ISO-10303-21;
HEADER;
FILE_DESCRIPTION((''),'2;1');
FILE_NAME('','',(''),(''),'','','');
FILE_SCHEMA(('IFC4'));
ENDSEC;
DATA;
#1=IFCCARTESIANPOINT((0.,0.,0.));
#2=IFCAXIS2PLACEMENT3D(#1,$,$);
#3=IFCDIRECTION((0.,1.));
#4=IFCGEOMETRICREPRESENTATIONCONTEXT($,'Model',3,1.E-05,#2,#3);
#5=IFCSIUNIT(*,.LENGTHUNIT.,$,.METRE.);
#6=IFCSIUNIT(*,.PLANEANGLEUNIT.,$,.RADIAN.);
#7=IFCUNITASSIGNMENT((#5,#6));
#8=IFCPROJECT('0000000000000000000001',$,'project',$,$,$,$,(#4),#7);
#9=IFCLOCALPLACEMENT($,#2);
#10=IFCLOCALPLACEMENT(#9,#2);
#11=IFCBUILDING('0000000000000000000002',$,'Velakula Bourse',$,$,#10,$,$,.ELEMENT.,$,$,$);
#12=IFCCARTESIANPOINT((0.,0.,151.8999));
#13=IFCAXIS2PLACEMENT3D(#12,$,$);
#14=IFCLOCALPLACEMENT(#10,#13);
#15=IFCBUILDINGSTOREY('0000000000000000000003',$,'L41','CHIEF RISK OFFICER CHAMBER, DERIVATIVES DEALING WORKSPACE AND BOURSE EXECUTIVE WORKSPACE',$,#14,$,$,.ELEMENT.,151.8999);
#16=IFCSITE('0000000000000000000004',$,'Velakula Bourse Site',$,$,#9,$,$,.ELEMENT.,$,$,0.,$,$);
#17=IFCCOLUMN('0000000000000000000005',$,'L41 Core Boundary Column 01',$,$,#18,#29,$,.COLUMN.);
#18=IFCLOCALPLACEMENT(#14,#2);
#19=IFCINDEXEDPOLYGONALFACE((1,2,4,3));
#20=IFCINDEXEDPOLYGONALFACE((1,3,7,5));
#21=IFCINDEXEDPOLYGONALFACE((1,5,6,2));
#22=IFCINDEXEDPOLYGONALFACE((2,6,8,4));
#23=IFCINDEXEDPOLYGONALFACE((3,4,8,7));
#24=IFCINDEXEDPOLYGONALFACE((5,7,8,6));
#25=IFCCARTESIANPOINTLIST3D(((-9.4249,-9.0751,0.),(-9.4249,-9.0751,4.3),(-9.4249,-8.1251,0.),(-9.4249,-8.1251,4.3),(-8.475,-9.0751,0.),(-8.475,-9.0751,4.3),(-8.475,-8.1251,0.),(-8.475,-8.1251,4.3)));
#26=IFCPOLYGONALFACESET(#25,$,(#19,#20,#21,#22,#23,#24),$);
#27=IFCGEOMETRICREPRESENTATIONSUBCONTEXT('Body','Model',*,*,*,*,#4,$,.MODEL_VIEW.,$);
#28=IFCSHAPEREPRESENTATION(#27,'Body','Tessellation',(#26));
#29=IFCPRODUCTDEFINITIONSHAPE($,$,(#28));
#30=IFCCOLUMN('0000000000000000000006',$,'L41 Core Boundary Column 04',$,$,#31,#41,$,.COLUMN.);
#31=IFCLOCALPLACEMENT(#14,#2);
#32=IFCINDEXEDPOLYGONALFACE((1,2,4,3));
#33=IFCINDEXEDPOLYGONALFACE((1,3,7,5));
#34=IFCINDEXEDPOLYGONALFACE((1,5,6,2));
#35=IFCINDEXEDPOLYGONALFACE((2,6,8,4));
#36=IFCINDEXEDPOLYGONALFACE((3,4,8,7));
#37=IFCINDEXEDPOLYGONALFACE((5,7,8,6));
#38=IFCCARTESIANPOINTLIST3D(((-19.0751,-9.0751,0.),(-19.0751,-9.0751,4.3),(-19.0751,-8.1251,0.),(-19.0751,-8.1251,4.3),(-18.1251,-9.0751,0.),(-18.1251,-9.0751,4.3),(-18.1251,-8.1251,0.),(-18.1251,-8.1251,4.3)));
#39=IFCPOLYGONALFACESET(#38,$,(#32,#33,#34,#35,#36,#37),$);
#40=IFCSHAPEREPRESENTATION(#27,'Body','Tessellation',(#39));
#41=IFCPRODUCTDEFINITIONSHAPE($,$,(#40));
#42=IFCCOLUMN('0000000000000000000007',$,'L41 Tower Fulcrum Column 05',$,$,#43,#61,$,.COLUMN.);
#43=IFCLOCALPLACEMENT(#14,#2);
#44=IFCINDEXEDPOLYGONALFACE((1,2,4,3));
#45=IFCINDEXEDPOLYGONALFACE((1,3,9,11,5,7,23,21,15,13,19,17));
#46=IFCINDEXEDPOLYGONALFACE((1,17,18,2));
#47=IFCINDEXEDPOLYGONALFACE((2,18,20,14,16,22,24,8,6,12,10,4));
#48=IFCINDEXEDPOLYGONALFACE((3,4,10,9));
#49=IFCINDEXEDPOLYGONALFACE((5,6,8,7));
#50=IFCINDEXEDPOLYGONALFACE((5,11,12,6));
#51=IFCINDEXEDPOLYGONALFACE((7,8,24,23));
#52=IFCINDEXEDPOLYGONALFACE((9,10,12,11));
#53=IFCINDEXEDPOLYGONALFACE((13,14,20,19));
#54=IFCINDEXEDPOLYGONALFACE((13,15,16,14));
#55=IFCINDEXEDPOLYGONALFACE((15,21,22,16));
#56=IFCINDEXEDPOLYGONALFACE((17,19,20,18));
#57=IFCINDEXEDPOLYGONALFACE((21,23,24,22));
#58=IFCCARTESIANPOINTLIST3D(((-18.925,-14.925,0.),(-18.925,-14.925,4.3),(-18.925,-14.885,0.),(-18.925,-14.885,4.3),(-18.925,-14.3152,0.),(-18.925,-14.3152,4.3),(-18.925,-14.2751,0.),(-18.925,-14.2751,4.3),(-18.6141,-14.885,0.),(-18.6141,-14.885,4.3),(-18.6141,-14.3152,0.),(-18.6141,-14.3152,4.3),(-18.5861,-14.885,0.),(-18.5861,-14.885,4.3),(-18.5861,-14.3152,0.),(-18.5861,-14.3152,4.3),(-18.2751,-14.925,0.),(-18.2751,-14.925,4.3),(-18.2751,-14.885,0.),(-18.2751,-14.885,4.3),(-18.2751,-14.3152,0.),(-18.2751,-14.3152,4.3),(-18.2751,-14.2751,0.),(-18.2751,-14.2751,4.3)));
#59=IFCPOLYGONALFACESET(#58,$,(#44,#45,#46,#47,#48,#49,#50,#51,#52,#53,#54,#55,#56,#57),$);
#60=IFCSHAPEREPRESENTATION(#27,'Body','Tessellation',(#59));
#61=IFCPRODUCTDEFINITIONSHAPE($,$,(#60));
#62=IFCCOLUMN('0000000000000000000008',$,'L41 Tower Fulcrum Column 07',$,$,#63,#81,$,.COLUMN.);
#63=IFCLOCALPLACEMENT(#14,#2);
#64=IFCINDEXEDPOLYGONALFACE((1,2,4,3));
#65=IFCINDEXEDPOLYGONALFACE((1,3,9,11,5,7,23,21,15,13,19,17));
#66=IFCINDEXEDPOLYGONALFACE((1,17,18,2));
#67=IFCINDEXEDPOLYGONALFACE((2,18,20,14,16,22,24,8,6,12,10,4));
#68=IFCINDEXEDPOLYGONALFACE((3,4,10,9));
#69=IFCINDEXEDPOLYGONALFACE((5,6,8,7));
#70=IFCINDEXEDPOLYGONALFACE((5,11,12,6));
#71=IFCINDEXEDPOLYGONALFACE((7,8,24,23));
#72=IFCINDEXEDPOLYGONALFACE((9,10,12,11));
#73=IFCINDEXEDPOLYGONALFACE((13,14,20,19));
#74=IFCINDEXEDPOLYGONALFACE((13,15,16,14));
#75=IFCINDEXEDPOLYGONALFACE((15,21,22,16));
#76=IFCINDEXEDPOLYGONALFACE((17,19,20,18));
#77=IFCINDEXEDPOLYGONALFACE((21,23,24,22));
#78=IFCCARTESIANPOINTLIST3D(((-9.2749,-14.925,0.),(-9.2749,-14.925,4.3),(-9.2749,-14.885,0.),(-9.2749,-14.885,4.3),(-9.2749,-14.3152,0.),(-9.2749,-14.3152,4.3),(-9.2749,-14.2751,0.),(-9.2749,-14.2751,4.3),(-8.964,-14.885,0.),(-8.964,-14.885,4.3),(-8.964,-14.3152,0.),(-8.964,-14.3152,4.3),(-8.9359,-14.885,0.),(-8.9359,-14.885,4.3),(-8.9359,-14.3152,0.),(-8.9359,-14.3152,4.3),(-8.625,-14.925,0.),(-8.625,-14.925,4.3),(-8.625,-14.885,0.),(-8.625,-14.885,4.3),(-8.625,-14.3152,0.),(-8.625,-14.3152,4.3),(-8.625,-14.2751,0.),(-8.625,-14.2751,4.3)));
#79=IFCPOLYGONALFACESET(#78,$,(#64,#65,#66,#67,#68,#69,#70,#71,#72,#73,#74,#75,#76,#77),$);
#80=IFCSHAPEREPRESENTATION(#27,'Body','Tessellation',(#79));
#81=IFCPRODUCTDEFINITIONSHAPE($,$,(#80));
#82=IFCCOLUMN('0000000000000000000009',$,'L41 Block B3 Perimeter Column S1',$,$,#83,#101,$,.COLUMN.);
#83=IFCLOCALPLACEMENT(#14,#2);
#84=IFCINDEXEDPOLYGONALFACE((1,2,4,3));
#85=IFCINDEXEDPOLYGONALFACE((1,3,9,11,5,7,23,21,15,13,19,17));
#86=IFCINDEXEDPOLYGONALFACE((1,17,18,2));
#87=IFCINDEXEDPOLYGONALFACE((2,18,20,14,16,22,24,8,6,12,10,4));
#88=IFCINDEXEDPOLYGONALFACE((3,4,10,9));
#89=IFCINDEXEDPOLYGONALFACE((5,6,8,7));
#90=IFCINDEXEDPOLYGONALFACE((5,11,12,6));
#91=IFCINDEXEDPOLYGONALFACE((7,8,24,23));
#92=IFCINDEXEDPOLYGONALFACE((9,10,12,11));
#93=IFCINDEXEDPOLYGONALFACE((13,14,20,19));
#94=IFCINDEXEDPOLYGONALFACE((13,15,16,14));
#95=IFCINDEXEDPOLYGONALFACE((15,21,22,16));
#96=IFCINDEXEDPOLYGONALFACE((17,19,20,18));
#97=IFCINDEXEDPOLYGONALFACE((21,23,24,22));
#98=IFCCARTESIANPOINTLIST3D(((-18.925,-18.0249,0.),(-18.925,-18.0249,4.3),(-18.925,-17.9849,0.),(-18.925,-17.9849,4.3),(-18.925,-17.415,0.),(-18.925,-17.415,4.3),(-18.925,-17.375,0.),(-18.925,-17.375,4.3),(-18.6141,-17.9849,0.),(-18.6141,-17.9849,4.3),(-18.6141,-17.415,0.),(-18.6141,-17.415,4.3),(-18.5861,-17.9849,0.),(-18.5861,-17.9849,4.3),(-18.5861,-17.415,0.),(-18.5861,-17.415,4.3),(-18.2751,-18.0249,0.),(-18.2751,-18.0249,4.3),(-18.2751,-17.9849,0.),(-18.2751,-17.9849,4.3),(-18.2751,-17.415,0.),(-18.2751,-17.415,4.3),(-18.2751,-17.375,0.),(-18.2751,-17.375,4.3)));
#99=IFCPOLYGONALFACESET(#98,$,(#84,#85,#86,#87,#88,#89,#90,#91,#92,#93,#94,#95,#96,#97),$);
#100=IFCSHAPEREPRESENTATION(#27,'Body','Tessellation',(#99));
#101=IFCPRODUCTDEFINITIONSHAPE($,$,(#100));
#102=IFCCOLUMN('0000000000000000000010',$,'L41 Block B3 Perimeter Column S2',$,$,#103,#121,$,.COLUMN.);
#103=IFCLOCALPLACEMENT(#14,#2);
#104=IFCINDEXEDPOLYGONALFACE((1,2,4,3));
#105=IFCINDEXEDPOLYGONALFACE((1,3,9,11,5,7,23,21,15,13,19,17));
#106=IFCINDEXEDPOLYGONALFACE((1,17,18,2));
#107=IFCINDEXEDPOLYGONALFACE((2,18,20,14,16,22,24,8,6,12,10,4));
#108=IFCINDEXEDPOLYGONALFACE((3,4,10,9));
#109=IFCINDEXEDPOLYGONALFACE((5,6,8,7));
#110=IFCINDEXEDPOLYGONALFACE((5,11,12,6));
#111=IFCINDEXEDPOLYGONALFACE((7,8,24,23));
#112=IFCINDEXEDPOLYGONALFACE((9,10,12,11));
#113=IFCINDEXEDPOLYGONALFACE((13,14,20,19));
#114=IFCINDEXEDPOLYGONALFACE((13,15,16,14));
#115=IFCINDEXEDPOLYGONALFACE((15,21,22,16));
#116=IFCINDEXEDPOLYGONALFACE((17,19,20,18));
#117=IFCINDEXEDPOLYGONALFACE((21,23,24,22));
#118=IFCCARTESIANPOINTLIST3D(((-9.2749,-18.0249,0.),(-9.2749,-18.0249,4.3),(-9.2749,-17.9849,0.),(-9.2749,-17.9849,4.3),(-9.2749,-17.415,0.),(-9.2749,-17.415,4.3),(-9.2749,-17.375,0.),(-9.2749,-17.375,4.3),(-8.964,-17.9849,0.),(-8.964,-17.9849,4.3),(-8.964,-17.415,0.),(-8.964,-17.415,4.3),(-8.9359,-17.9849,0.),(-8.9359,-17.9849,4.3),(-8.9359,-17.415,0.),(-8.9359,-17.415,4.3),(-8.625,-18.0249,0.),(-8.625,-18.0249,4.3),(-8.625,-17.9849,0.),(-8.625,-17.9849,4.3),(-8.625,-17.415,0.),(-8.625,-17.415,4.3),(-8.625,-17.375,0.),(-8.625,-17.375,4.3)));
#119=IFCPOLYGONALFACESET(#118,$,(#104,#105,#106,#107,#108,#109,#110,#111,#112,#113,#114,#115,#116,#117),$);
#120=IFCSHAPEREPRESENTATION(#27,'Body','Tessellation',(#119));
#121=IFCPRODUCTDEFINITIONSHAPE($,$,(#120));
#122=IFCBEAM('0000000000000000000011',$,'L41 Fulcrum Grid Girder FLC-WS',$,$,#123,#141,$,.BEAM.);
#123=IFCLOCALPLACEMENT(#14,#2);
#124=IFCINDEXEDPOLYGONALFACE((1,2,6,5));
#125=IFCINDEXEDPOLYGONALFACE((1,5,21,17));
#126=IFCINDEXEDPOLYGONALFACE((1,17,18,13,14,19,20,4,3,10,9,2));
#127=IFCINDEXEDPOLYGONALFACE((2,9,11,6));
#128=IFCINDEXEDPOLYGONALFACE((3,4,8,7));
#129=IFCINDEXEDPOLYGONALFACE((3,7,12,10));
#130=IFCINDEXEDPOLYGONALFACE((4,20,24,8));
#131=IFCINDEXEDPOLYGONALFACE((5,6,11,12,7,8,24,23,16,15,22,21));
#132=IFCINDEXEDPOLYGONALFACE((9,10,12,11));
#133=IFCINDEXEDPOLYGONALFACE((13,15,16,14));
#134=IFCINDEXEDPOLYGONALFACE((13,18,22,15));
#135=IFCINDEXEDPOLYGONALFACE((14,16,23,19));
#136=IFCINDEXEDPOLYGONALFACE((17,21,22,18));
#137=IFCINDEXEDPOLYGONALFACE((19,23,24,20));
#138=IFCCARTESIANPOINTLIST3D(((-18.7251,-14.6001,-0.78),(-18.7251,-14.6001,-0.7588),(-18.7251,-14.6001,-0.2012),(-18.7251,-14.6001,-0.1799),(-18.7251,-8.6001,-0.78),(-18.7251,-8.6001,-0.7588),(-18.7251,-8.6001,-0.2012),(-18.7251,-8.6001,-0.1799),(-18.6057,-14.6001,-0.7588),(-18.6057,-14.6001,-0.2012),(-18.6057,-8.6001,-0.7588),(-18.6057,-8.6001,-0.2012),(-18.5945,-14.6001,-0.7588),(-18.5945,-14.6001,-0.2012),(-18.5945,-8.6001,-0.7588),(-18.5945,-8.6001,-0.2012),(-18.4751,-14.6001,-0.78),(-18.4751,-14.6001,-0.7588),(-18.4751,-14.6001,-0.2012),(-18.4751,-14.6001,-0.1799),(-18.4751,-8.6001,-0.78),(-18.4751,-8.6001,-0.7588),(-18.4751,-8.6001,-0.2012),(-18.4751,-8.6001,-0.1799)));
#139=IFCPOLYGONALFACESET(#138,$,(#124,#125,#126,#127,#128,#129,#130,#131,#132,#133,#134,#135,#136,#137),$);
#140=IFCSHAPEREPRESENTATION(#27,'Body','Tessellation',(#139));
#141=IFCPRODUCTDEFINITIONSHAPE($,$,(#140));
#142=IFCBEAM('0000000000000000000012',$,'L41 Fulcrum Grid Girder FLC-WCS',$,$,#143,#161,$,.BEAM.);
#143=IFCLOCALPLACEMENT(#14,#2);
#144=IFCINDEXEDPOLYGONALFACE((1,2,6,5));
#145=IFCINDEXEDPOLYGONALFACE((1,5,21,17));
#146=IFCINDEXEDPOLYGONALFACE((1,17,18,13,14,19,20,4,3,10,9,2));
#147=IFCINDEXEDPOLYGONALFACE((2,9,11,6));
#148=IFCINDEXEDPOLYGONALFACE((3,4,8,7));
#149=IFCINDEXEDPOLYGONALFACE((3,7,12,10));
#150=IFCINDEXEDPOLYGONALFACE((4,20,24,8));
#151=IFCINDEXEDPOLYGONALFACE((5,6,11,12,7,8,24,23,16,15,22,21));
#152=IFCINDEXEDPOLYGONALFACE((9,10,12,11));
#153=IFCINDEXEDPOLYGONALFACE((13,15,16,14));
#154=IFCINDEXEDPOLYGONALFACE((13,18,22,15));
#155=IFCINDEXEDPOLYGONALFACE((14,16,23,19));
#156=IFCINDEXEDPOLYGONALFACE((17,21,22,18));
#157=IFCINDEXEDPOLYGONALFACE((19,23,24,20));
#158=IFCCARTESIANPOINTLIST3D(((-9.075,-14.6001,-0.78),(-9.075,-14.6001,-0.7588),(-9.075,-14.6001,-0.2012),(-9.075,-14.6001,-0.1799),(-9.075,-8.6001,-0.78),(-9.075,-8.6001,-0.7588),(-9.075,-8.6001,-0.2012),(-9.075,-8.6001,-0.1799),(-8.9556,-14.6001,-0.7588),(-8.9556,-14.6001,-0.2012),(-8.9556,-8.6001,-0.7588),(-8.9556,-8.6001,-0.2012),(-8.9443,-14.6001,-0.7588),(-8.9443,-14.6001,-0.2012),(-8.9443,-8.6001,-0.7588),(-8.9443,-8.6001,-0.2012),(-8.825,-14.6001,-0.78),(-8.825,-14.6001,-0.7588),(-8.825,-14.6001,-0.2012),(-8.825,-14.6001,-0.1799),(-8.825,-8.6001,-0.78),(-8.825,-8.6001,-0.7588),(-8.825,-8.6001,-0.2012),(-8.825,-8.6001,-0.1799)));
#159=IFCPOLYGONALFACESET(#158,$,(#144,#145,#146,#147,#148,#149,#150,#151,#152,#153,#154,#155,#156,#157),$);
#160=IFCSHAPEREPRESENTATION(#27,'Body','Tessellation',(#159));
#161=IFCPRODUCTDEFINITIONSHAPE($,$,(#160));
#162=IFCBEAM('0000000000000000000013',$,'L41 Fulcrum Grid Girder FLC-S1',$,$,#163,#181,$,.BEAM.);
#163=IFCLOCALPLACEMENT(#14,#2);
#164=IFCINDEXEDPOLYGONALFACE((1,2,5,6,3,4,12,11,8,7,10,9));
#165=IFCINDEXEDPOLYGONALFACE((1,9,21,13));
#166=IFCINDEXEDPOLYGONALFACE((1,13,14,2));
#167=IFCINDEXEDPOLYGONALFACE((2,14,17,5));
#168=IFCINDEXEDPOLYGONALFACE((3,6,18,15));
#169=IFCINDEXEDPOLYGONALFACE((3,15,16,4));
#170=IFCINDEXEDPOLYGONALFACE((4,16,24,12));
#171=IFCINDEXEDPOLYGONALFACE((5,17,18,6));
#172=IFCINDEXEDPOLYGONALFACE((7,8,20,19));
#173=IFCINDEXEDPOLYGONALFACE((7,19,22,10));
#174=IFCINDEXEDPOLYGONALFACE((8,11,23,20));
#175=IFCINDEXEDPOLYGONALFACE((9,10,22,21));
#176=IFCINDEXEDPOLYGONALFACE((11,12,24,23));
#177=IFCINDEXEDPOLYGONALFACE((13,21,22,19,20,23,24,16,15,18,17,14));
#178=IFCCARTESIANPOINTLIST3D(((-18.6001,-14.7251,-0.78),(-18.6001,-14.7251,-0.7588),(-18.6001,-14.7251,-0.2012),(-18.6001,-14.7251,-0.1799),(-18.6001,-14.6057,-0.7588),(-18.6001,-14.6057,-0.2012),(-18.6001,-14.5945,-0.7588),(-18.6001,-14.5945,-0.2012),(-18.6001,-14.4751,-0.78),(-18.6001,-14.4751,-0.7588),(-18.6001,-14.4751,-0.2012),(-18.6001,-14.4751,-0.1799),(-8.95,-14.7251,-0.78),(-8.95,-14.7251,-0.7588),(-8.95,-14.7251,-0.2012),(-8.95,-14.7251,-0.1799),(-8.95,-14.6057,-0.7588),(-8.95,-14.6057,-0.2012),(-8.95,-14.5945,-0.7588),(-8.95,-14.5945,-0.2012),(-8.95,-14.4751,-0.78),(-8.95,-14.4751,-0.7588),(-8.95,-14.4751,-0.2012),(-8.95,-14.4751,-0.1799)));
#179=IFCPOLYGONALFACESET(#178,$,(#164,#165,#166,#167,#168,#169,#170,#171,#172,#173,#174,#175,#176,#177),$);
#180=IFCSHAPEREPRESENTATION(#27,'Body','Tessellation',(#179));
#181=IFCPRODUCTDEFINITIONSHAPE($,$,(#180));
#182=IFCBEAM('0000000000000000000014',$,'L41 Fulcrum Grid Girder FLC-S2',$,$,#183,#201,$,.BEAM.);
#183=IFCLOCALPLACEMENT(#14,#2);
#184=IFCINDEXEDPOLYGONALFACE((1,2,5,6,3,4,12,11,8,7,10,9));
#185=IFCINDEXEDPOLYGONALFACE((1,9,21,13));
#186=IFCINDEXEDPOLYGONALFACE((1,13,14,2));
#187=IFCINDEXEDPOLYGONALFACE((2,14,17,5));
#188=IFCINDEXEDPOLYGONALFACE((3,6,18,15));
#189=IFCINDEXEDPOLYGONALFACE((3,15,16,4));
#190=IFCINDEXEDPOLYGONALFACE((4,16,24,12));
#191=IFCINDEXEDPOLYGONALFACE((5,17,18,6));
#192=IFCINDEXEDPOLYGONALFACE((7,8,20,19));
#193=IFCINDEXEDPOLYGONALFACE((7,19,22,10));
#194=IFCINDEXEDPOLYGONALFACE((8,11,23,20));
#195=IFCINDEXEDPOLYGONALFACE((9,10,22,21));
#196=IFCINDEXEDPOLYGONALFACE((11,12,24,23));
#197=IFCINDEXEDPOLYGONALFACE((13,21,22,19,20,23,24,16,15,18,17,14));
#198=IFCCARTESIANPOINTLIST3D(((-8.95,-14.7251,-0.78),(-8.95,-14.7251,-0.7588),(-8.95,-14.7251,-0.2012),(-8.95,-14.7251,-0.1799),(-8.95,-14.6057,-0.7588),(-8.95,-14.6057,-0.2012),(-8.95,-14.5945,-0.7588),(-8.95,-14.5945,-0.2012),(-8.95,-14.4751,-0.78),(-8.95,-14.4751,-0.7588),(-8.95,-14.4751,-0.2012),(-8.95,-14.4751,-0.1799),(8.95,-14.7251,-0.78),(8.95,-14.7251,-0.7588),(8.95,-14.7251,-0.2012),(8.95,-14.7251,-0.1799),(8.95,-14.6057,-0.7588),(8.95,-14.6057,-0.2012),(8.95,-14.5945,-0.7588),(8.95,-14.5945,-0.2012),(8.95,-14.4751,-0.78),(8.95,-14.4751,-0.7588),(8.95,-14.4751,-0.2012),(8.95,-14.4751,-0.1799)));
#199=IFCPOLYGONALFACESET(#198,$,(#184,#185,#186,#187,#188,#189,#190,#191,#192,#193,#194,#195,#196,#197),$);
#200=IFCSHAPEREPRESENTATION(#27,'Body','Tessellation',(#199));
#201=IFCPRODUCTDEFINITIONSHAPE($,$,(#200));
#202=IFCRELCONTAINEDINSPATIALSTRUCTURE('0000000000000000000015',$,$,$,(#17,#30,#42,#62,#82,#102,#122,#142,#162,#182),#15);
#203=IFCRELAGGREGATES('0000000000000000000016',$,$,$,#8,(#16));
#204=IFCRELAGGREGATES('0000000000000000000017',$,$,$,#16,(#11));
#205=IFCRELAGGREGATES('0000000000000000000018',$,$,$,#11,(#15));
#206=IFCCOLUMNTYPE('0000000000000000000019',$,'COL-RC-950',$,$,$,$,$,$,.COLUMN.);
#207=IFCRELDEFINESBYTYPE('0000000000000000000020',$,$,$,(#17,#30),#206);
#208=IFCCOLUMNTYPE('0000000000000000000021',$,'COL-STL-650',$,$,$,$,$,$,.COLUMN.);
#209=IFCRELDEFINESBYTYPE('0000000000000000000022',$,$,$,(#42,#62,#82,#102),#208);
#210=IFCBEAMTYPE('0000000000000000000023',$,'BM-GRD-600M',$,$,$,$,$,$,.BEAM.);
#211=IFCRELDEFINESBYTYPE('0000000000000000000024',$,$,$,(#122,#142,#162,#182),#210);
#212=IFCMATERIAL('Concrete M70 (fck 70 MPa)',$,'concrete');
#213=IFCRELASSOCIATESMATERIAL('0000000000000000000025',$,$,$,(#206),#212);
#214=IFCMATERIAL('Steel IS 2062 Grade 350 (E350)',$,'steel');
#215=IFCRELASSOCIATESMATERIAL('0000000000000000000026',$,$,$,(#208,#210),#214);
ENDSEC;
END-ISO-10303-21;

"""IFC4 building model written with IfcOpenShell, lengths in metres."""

from ifc_helpers import new_model, si_unit, direction, frame, origin, origin_2d, place, context, subcontext, project, spatial, rectangle, i_section, extrude, material, material_profile, profile_set, type_object, element, save


model = new_model("IFC4")

# Units and contexts
model_context = context("Model", 3, precision=1e-05, world=origin(), true_north=direction((0.0, 1.0)))
body_context = subcontext(model_context, "Body", "Model", "MODEL_VIEW")
ifc_project = project(units=[si_unit("LENGTHUNIT", "METRE"), si_unit("PLANEANGLEUNIT", "RADIAN")], contexts=[model_context])

# Site, building, storey
site_placement = place(None, origin())
site = spatial("IfcSite", under=ifc_project, at=site_placement, Name="Velakula Bourse Site", CompositionType="ELEMENT", RefElevation=0.0)
building_placement = place(site_placement, origin())
building = spatial("IfcBuilding", under=site, at=building_placement, Name="Velakula Bourse", CompositionType="ELEMENT")
storey_placement = place(building_placement, frame((0.0, 0.0, 151.8999)))
storey = spatial("IfcBuildingStorey", under=building, at=storey_placement, Name="L41", Description="CHIEF RISK OFFICER CHAMBER, DERIVATIVES DEALING WORKSPACE AND BOURSE EXECUTIVE WORKSPACE", CompositionType="ELEMENT", Elevation=151.8999)

# Columns
ifc_material_1 = material(Name="Concrete M70 (fck 70 MPa)", Category="concrete")
ifc_material_profile_1 = material_profile(ifc_material_1, rectangle(XDim=0.95, YDim=0.95, at=origin_2d()), Name="Concrete M70 (fck 70 MPa)")
ifc_profile_set_1 = profile_set([ifc_material_profile_1], Name="Concrete M70 (fck 70 MPa)")
column_type_1 = type_object("IfcColumnType", Name="COL-RC-950", PredefinedType="COLUMN", material=ifc_profile_set_1)
for number, where, z_axis, x_axis, name in (
    (1, (-8.95, -8.6001, 0.0), (0.0, 0.0, 1.0), (1.0, 0.0, 0.0), "L41 Core Boundary Column 01"),
    (2, (-18.6001, -8.6001, 0.0), (0.0, 0.0, 1.0), (1.0, 0.0, 0.0), "L41 Core Boundary Column 04"),
):
    element("IfcColumn", number, at=place(storey_placement, frame(where, z_axis=z_axis, x_axis=x_axis)), inside=storey, type_object=column_type_1, Name=name, PredefinedType="COLUMN", context=body_context, shape_type="SweptSolid", body=[
        extrude(rectangle(XDim=0.95, YDim=0.95, at=origin_2d()), origin(), (0.0, 0.0, 1.0), 4.3),
    ])
ifc_material_2 = material(Name="Steel IS 2062 Grade 350 (E350)", Category="steel")
ifc_material_profile_2 = material_profile(ifc_material_2, i_section(OverallWidth=0.6499, OverallDepth=0.6499, WebThickness=0.0281, FlangeThickness=0.04, at=origin_2d()), Name="Steel IS 2062 Grade 350 (E350)")
ifc_profile_set_2 = profile_set([ifc_material_profile_2], Name="Steel IS 2062 Grade 350 (E350)")
column_type_2 = type_object("IfcColumnType", Name="COL-STL-650", PredefinedType="COLUMN", material=ifc_profile_set_2)
for number, where, z_axis, x_axis, name in (
    (3, (-18.6001, -14.6001, 0.0), (0.0, 0.0, 1.0), (1.0, 0.0, 0.0), "L41 Tower Fulcrum Column 05"),
    (4, (-8.95, -14.6001, 0.0), (0.0, 0.0, 1.0), (1.0, 0.0, 0.0), "L41 Tower Fulcrum Column 07"),
    (5, (-18.6001, -17.7, 0.0), (0.0, 0.0, 1.0), (1.0, 0.0, 0.0), "L41 Block B3 Perimeter Column S1"),
    (6, (-8.95, -17.7, 0.0), (0.0, 0.0, 1.0), (1.0, 0.0, 0.0), "L41 Block B3 Perimeter Column S2"),
):
    element("IfcColumn", number, at=place(storey_placement, frame(where, z_axis=z_axis, x_axis=x_axis)), inside=storey, type_object=column_type_2, Name=name, PredefinedType="COLUMN", context=body_context, shape_type="SweptSolid", body=[
        extrude(i_section(OverallWidth=0.6499, OverallDepth=0.6499, WebThickness=0.0281, FlangeThickness=0.04, at=origin_2d()), origin(), (0.0, 0.0, 1.0), 4.3),
    ])

# Beams
ifc_material_profile_3 = material_profile(ifc_material_2, i_section(OverallWidth=0.25, OverallDepth=0.6001, WebThickness=0.0112, FlangeThickness=0.0212, at=origin_2d()), Name="Steel IS 2062 Grade 350 (E350)")
ifc_profile_set_3 = profile_set([ifc_material_profile_3], Name="Steel IS 2062 Grade 350 (E350)")
beam_type_1 = type_object("IfcBeamType", Name="BM-GRD-600M", PredefinedType="BEAM", material=ifc_profile_set_3)
for number, where, z_axis, x_axis, name in (
    (7, (-18.6001, -14.6001, -0.48), (0.0, 1.0, 0.0), (-1.0, 0.0, 0.0), "L41 Fulcrum Grid Girder FLC-WS"),
    (8, (-8.95, -14.6001, -0.48), (0.0, 1.0, 0.0), (-1.0, 0.0, 0.0), "L41 Fulcrum Grid Girder FLC-WCS"),
):
    element("IfcBeam", number, at=place(storey_placement, frame(where, z_axis=z_axis, x_axis=x_axis)), inside=storey, type_object=beam_type_1, Name=name, PredefinedType="BEAM", context=body_context, shape_type="SweptSolid", body=[
        extrude(i_section(OverallWidth=0.25, OverallDepth=0.6001, WebThickness=0.0112, FlangeThickness=0.0212, at=origin_2d()), origin(), (0.0, 0.0, 1.0), 6.0),
    ])
beam_1_placement = place(storey_placement, frame((-18.6001, -14.6001, -0.48), z_axis=(1.0, 0.0, 0.0), x_axis=(0.0, 1.0, 0.0)))
element("IfcBeam", 9, at=beam_1_placement, inside=storey, type_object=beam_type_1, Name="L41 Fulcrum Grid Girder FLC-S1", PredefinedType="BEAM", context=body_context, shape_type="SweptSolid", body=[
    extrude(i_section(OverallWidth=0.25, OverallDepth=0.6001, WebThickness=0.0112, FlangeThickness=0.0212, at=origin_2d()), origin(), (0.0, 0.0, 1.0), 9.6501),
])
beam_2_placement = place(storey_placement, frame((-8.95, -14.6001, -0.48), z_axis=(1.0, 0.0, 0.0), x_axis=(0.0, 1.0, 0.0)))
element("IfcBeam", 10, at=beam_2_placement, inside=storey, type_object=beam_type_1, Name="L41 Fulcrum Grid Girder FLC-S2", PredefinedType="BEAM", context=body_context, shape_type="SweptSolid", body=[
    extrude(i_section(OverallWidth=0.25, OverallDepth=0.6001, WebThickness=0.0112, FlangeThickness=0.0212, at=origin_2d()), origin(), (0.0, 0.0, 1.0), 17.8999),
])

save(model, "model.ifc")
